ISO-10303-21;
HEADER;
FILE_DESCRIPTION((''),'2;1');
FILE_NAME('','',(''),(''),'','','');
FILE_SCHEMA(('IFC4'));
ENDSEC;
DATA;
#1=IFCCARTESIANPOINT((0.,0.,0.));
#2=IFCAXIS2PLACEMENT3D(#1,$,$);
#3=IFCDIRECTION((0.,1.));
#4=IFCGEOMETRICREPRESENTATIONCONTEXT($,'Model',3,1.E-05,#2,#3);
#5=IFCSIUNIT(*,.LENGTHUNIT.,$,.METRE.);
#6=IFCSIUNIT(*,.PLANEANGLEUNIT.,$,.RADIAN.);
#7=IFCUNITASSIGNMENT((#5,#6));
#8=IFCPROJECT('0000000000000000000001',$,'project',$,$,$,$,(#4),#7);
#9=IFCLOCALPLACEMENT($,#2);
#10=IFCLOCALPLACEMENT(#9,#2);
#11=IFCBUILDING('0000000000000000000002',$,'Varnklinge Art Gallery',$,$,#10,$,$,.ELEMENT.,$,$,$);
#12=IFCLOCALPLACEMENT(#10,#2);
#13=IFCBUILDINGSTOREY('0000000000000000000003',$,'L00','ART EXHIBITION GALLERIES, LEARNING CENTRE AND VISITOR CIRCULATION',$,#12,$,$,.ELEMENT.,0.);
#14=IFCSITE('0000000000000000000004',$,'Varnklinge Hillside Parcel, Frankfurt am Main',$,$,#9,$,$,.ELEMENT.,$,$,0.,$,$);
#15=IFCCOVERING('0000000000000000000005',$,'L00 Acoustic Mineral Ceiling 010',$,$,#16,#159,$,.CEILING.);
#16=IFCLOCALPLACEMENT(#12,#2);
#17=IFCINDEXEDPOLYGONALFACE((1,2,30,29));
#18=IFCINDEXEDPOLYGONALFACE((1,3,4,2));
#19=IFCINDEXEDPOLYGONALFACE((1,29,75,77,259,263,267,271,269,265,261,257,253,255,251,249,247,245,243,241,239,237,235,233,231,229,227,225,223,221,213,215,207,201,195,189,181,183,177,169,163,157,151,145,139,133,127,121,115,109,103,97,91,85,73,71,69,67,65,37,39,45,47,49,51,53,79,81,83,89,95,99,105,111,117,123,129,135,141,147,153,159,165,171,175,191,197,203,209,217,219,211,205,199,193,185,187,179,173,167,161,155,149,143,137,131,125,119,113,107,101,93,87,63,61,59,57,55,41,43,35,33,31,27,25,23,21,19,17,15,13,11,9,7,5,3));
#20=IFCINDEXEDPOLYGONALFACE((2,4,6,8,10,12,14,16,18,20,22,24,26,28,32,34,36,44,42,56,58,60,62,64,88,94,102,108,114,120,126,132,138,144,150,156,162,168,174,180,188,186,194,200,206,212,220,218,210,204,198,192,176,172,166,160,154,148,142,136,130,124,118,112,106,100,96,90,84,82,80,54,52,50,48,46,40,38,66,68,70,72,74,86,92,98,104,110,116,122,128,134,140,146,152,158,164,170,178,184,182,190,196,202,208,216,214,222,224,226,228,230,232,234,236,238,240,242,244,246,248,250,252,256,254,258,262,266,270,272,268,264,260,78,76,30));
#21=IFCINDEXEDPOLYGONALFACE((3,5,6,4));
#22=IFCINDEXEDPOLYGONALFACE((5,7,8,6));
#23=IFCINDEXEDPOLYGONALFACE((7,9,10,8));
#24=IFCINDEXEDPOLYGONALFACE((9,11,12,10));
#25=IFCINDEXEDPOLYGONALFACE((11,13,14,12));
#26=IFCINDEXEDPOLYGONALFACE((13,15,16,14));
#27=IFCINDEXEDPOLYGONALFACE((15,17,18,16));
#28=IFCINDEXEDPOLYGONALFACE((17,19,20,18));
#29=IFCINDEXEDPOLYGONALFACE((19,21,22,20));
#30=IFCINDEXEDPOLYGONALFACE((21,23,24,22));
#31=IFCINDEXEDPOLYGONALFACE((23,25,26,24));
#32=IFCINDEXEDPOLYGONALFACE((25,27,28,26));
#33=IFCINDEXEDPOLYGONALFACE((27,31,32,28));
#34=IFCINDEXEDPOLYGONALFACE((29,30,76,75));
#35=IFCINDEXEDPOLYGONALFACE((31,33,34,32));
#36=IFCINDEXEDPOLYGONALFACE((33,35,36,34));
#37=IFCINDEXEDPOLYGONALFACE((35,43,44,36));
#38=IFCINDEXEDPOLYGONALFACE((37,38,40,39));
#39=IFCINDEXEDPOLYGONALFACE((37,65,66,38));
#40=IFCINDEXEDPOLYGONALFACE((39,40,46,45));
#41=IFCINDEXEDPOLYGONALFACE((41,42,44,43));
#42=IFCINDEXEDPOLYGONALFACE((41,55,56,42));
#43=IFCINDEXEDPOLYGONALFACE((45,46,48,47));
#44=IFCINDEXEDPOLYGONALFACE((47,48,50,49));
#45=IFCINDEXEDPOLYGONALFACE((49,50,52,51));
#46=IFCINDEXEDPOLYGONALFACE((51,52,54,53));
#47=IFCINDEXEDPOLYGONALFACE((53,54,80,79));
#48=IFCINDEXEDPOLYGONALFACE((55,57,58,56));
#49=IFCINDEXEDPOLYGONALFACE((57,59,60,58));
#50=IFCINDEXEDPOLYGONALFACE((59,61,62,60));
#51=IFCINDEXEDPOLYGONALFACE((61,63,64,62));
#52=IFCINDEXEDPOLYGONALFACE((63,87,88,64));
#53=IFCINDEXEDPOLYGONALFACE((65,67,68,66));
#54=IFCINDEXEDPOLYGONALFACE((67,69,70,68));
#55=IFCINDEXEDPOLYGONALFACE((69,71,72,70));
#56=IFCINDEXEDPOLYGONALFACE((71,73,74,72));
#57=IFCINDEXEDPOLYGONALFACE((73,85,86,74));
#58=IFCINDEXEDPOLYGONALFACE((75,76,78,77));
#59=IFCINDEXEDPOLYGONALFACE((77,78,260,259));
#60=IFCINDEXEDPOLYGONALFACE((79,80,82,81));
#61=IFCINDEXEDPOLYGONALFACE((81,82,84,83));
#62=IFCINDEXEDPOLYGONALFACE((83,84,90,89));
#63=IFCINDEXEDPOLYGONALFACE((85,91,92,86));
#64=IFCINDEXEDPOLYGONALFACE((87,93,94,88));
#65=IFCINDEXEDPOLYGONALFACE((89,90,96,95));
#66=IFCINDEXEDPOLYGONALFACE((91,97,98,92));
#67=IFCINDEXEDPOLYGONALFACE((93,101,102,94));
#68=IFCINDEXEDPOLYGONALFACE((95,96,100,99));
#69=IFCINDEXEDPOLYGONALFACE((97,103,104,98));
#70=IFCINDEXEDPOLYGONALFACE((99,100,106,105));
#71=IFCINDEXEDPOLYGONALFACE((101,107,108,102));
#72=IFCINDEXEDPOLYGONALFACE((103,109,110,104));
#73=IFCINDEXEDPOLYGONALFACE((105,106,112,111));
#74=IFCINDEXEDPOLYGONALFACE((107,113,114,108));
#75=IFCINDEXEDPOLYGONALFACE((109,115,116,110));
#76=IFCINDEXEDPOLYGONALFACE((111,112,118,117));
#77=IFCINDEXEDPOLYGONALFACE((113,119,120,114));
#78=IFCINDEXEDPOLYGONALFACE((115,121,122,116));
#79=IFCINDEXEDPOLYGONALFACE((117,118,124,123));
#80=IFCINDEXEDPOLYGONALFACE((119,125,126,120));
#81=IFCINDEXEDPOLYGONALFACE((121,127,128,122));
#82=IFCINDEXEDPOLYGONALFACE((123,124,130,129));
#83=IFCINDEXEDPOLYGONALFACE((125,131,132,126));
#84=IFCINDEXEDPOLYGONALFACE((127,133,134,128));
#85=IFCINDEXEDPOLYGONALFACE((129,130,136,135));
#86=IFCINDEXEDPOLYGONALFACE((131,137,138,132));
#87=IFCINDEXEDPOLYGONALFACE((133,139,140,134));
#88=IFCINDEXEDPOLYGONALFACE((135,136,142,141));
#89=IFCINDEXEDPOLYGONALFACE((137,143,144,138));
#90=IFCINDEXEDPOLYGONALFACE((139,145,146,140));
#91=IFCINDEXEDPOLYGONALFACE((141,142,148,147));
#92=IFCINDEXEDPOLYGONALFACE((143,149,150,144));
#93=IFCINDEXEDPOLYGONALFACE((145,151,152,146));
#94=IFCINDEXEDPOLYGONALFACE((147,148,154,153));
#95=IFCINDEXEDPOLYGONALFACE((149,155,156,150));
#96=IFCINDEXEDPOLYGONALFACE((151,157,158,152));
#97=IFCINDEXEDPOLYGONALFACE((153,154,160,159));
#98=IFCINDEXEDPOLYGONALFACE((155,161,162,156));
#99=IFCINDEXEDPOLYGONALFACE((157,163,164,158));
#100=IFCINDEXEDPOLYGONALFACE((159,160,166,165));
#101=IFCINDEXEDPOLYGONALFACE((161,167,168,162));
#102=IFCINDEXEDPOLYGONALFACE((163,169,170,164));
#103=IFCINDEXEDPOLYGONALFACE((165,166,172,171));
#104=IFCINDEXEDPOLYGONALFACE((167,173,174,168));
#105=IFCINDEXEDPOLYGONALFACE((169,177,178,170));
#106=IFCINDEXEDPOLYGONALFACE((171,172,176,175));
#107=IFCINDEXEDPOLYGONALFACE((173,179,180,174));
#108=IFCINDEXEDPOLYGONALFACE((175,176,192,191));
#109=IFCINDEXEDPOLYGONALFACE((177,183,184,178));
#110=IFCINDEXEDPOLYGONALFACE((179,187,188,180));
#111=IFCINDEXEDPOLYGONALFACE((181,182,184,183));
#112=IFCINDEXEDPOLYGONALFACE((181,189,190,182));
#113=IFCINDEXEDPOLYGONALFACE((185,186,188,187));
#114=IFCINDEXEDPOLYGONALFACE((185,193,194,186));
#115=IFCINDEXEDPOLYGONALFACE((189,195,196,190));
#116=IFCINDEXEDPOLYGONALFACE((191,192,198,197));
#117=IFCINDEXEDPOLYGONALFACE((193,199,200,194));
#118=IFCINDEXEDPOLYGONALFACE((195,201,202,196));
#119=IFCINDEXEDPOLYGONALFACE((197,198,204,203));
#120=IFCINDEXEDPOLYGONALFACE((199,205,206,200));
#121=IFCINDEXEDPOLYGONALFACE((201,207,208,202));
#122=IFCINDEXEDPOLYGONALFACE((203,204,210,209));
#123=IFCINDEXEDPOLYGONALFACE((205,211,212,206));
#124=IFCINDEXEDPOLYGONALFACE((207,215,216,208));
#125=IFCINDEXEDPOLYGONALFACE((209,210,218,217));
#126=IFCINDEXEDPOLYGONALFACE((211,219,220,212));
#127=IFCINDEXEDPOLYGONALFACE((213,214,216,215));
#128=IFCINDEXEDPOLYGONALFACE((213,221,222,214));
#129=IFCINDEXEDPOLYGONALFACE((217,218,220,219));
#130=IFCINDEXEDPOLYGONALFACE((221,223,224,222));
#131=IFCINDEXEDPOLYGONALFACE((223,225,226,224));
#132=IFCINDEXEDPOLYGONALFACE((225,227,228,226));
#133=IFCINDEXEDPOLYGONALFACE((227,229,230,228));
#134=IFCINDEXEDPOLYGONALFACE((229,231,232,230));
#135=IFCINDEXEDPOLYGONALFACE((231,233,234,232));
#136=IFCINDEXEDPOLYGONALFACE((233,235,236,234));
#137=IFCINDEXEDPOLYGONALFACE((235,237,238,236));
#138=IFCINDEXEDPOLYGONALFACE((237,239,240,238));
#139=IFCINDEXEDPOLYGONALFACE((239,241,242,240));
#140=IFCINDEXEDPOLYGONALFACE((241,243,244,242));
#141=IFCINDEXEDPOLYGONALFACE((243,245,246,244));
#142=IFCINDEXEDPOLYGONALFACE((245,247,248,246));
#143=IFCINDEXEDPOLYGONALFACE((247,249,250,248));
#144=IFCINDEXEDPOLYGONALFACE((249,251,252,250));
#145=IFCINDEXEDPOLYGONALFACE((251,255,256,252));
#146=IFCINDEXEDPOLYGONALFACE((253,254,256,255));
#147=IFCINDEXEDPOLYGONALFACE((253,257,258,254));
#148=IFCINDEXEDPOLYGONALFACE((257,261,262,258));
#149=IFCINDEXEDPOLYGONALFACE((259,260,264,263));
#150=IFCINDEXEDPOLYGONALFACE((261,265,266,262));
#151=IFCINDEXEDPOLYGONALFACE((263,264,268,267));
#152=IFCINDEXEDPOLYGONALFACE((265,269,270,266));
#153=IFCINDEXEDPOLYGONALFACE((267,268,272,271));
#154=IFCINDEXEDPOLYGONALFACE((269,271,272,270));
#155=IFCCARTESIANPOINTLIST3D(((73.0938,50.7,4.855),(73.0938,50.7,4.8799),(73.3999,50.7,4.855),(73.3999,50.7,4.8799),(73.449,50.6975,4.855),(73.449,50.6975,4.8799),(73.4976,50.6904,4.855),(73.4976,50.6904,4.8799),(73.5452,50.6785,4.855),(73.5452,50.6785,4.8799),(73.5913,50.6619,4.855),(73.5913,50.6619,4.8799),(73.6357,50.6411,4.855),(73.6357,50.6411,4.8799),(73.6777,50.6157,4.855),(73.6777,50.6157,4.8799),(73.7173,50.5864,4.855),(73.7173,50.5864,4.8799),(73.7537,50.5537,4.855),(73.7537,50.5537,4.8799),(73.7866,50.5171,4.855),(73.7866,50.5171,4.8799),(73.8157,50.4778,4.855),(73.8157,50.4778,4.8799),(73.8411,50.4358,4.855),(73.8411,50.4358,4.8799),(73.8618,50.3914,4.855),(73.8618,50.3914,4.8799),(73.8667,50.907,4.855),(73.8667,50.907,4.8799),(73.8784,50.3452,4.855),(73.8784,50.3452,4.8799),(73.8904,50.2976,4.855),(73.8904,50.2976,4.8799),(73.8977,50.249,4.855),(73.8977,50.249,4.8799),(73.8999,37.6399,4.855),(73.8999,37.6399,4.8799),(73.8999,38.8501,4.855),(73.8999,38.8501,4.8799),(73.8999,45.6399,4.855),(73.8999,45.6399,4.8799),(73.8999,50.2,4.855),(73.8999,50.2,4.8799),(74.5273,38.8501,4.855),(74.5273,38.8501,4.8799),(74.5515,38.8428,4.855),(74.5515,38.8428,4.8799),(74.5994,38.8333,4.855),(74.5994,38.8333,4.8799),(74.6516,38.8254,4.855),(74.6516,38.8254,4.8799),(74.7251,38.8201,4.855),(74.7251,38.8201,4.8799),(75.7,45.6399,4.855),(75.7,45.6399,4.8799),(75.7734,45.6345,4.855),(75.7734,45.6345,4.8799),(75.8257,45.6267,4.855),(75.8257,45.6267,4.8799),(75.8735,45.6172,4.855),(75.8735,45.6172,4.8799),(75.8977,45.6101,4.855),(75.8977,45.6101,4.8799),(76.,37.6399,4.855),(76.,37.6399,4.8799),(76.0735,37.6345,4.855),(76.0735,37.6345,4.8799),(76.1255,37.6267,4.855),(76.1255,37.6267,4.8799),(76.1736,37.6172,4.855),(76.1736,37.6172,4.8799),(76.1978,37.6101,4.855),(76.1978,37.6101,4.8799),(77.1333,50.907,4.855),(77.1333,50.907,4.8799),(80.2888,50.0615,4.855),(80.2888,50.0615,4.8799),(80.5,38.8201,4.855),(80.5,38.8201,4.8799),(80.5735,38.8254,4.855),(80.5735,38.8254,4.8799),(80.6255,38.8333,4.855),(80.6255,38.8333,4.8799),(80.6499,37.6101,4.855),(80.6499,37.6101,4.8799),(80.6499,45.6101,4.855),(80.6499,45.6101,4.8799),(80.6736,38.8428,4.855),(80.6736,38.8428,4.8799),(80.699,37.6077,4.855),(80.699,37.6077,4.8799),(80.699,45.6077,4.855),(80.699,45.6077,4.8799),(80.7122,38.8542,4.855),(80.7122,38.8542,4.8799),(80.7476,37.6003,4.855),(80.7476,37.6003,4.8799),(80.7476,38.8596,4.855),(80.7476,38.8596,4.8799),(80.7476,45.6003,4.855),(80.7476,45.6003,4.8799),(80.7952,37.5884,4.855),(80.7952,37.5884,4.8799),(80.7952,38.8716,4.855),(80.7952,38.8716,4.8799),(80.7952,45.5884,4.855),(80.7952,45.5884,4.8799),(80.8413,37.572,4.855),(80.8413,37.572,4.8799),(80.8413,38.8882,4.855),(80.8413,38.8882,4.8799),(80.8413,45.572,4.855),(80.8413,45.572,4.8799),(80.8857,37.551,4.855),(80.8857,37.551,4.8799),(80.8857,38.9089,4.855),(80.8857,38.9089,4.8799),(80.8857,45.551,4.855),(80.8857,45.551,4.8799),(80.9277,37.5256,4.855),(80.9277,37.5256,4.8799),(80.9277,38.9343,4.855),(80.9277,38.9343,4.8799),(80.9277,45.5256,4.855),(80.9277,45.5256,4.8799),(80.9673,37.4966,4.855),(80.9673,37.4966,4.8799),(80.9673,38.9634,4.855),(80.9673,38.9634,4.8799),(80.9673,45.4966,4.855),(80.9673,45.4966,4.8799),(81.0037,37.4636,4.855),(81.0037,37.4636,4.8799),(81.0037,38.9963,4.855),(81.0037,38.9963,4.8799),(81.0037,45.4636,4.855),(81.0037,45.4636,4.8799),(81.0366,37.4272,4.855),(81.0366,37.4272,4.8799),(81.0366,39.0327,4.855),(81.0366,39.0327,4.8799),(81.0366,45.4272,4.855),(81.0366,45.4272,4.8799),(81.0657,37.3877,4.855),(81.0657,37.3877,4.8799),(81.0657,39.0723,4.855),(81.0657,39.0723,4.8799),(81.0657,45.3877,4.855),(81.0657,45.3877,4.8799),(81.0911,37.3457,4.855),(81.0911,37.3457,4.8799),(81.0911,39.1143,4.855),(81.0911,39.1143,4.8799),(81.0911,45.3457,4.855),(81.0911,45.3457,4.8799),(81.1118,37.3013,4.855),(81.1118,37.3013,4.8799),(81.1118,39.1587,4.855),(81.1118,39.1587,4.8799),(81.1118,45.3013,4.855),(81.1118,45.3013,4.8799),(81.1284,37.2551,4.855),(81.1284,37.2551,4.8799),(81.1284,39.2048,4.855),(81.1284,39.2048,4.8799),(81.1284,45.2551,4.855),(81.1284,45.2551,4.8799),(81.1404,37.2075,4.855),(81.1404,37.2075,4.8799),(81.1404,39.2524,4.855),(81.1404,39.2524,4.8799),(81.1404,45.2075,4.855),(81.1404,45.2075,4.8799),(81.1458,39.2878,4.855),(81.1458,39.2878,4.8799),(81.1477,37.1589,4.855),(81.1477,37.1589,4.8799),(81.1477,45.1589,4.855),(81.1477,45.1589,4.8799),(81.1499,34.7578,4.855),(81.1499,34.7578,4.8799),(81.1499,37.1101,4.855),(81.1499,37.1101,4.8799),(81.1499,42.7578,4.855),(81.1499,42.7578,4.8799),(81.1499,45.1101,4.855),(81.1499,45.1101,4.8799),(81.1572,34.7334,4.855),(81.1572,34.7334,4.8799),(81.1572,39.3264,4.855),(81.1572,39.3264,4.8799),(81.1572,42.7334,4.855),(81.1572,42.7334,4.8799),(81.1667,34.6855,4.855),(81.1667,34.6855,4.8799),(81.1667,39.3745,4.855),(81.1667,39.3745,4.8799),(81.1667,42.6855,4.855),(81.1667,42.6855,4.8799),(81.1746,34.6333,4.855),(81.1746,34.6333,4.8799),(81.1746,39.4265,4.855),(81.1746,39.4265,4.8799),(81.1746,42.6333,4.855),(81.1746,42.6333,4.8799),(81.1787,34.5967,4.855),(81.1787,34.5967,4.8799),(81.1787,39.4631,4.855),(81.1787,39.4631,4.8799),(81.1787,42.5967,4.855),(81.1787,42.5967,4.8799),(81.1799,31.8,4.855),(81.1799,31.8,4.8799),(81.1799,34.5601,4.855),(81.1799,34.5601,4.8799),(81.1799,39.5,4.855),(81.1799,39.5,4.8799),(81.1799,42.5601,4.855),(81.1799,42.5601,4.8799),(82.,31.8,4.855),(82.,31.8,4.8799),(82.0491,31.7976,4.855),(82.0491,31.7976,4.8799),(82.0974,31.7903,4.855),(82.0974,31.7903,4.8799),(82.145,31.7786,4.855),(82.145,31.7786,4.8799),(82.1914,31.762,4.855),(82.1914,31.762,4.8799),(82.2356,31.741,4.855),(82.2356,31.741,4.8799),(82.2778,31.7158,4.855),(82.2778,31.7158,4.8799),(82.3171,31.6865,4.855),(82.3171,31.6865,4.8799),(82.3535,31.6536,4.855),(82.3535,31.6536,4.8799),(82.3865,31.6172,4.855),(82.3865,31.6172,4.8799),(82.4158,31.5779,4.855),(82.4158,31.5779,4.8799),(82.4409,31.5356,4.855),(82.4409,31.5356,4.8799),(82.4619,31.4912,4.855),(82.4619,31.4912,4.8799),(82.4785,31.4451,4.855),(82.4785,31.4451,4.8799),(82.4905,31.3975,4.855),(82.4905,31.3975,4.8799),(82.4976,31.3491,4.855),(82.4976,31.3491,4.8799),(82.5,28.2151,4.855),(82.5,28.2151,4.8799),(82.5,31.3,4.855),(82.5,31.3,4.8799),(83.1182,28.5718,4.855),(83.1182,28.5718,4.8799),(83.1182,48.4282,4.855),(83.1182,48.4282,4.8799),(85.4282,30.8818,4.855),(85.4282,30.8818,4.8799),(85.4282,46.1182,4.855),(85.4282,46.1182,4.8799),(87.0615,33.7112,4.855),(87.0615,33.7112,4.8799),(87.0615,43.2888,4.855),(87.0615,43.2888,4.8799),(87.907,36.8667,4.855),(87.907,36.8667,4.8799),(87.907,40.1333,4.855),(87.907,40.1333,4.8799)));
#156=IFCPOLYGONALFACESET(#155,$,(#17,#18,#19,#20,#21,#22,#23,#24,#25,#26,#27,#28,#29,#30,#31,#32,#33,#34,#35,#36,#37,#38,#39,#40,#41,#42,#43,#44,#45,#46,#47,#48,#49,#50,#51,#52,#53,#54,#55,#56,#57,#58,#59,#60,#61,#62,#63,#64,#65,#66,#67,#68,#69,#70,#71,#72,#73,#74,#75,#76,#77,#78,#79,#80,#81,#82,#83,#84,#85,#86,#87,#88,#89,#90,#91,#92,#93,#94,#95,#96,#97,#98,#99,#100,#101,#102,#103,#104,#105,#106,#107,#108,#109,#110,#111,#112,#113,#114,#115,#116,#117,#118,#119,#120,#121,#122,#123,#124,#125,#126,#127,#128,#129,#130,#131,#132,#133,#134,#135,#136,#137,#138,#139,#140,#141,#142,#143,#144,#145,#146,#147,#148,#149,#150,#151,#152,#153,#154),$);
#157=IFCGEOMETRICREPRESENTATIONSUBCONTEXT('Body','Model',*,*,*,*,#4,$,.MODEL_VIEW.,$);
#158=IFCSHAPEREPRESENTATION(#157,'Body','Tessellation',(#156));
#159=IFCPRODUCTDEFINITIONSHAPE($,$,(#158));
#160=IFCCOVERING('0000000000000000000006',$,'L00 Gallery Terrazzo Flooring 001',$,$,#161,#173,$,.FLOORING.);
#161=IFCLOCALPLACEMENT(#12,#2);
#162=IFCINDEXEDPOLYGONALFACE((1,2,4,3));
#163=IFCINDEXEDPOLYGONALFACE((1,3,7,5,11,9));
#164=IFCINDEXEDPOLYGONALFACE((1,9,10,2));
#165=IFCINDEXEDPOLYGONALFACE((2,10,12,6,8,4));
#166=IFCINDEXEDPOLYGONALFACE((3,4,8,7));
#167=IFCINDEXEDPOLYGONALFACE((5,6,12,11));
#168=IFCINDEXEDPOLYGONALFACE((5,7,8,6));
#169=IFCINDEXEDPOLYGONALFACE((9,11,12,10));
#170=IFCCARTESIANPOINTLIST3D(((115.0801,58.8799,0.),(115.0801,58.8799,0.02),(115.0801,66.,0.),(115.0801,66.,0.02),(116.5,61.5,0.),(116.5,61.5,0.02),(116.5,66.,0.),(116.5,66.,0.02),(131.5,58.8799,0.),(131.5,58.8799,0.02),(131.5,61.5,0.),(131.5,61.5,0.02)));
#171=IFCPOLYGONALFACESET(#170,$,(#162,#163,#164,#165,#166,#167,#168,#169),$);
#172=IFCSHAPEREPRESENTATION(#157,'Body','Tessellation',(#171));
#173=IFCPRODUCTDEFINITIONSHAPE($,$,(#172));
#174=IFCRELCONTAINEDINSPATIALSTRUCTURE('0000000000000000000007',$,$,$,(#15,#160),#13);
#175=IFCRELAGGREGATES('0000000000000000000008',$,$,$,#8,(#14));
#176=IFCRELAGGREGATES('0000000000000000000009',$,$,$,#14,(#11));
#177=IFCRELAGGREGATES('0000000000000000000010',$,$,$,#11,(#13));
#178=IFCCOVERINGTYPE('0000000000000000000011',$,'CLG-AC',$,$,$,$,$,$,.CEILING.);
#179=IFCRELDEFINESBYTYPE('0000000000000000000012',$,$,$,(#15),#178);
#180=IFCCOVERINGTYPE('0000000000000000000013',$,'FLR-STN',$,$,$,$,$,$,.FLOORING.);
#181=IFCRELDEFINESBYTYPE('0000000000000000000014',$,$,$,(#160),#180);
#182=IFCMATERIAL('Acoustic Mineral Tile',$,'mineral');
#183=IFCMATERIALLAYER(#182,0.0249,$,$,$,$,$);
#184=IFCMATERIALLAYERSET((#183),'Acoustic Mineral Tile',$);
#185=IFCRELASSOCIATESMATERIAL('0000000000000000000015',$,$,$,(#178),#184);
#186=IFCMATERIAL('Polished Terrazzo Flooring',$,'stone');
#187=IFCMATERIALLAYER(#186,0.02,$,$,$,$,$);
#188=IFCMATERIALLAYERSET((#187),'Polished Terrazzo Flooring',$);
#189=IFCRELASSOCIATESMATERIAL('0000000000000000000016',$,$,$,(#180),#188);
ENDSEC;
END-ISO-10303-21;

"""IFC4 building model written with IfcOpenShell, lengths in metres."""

from ifc_helpers import new_model, si_unit, direction, frame, origin, place, context, subcontext, project, spatial, polyline, outline, extrude, material, layer, layer_set, type_object, element, save


model = new_model("IFC4")

# Units and contexts
model_context = context("Model", 3, precision=1e-05, world=origin(), true_north=direction((0.0, 1.0)))
body_context = subcontext(model_context, "Body", "Model", "MODEL_VIEW")
ifc_project = project(units=[si_unit("LENGTHUNIT", "METRE"), si_unit("PLANEANGLEUNIT", "RADIAN")], contexts=[model_context])

# Site, building, storey
site_placement = place(None, origin())
site = spatial("IfcSite", under=ifc_project, at=site_placement, Name="Varnklinge Hillside Parcel, Frankfurt am Main", CompositionType="ELEMENT", RefElevation=0.0)
building_placement = place(site_placement, origin())
building = spatial("IfcBuilding", under=site, at=building_placement, Name="Varnklinge Art Gallery", CompositionType="ELEMENT")
storey_placement = place(building_placement, origin())
storey = spatial("IfcBuildingStorey", under=building, at=storey_placement, Name="L00", Description="ART EXHIBITION GALLERIES, LEARNING CENTRE AND VISITOR CIRCULATION", CompositionType="ELEMENT", Elevation=0.0)

# Coverings
ifc_material_1 = material(Name="Acoustic Mineral Tile", Category="mineral")
ifc_layer_1 = layer(ifc_material_1, 0.0249)
ifc_layer_set_1 = layer_set([ifc_layer_1], Name="Acoustic Mineral Tile")
covering_type_1 = type_object("IfcCoveringType", Name="CLG-AC", PredefinedType="CEILING", material=ifc_layer_set_1)
covering_1_placement = place(storey_placement, frame((0.0, 0.0, 4.855)))
element("IfcCovering", 1, at=covering_1_placement, inside=storey, type_object=covering_type_1, Name="L00 Acoustic Mineral Ceiling 010", PredefinedType="CEILING", context=body_context, shape_type="SweptSolid", body=[
    extrude(outline(polyline([(73.0938, 50.7), (73.3999, 50.7), (73.449, 50.6975), (73.4976, 50.6904), (73.5452, 50.6785), (73.5913, 50.6619), (73.6357, 50.6411), (73.6777, 50.6157), (73.7173, 50.5864), (73.7537, 50.5537), (73.7866, 50.5171), (73.8157, 50.4778), (73.8411, 50.4358), (73.8618, 50.3914), (73.8784, 50.3452), (73.8904, 50.2976), (73.8977, 50.249), (73.8999, 50.2), (73.8999, 45.6399), (75.7, 45.6399), (75.7734, 45.6345), (75.8257, 45.6267), (75.8735, 45.6172), (75.8977, 45.6101), (80.6499, 45.6101), (80.699, 45.6077), (80.7476, 45.6003), (80.7952, 45.5884), (80.8413, 45.572), (80.8857, 45.551), (80.9277, 45.5256), (80.9673, 45.4966), (81.0037, 45.4636), (81.0366, 45.4272), (81.0657, 45.3877), (81.0911, 45.3457), (81.1118, 45.3013), (81.1284, 45.2551), (81.1404, 45.2075), (81.1477, 45.1589), (81.1499, 45.1101), (81.1499, 42.7578), (81.1572, 42.7334), (81.1667, 42.6855), (81.1746, 42.6333), (81.1787, 42.5967), (81.1799, 42.5601), (81.1799, 39.5), (81.1787, 39.4631), (81.1746, 39.4265), (81.1667, 39.3745), (81.1572, 39.3264), (81.1458, 39.2878), (81.1404, 39.2524), (81.1284, 39.2048), (81.1118, 39.1587), (81.0911, 39.1143), (81.0657, 39.0723), (81.0366, 39.0327), (81.0037, 38.9963), (80.9673, 38.9634), (80.9277, 38.9343), (80.8857, 38.9089), (80.8413, 38.8882), (80.7952, 38.8716), (80.7476, 38.8596), (80.7122, 38.8542), (80.6736, 38.8428), (80.6255, 38.8333), (80.5735, 38.8254), (80.5, 38.8201), (74.7251, 38.8201), (74.6516, 38.8254), (74.5994, 38.8333), (74.5515, 38.8428), (74.5273, 38.8501), (73.8999, 38.8501), (73.8999, 37.6399), (76.0, 37.6399), (76.0735, 37.6345), (76.1255, 37.6267), (76.1736, 37.6172), (76.1978, 37.6101), (80.6499, 37.6101), (80.699, 37.6077), (80.7476, 37.6003), (80.7952, 37.5884), (80.8413, 37.572), (80.8857, 37.551), (80.9277, 37.5256), (80.9673, 37.4966), (81.0037, 37.4636), (81.0366, 37.4272), (81.0657, 37.3877), (81.0911, 37.3457), (81.1118, 37.3013), (81.1284, 37.2551), (81.1404, 37.2075), (81.1477, 37.1589), (81.1499, 37.1101), (81.1499, 34.7578), (81.1572, 34.7334), (81.1667, 34.6855), (81.1746, 34.6333), (81.1787, 34.5967), (81.1799, 34.5601), (81.1799, 31.8), (82.0, 31.8), (82.0491, 31.7976), (82.0974, 31.7903), (82.145, 31.7786), (82.1914, 31.762), (82.2356, 31.741), (82.2778, 31.7158), (82.3171, 31.6865), (82.3535, 31.6536), (82.3865, 31.6172), (82.4158, 31.5779), (82.4409, 31.5356), (82.4619, 31.4912), (82.4785, 31.4451), (82.4905, 31.3975), (82.4976, 31.3491), (82.5, 31.3), (82.5, 28.2151), (83.1182, 28.5718), (85.4282, 30.8818), (87.0615, 33.7112), (87.907, 36.8667), (87.907, 40.1333), (87.0615, 43.2888), (85.4282, 46.1182), (83.1182, 48.4282), (80.2888, 50.0615), (77.1333, 50.907), (73.8667, 50.907), (73.0938, 50.7)])), origin(), (0.0, 0.0, 1.0), 0.0249),
])
ifc_material_2 = material(Name="Polished Terrazzo Flooring", Category="stone")
ifc_layer_2 = layer(ifc_material_2, 0.02)
ifc_layer_set_2 = layer_set([ifc_layer_2], Name="Polished Terrazzo Flooring")
covering_type_2 = type_object("IfcCoveringType", Name="FLR-STN", PredefinedType="FLOORING", material=ifc_layer_set_2)
covering_2_placement = place(storey_placement, origin())
element("IfcCovering", 2, at=covering_2_placement, inside=storey, type_object=covering_type_2, Name="L00 Gallery Terrazzo Flooring 001", PredefinedType="FLOORING", context=body_context, shape_type="SweptSolid", body=[
    extrude(outline(polyline([(115.0801, 58.8799), (131.5, 58.8799), (131.5, 61.5), (116.5, 61.5), (116.5, 66.0), (115.0801, 66.0), (115.0801, 58.8799)])), origin(), (0.0, 0.0, 1.0), 0.02),
])

save(model, "model.ifc")
